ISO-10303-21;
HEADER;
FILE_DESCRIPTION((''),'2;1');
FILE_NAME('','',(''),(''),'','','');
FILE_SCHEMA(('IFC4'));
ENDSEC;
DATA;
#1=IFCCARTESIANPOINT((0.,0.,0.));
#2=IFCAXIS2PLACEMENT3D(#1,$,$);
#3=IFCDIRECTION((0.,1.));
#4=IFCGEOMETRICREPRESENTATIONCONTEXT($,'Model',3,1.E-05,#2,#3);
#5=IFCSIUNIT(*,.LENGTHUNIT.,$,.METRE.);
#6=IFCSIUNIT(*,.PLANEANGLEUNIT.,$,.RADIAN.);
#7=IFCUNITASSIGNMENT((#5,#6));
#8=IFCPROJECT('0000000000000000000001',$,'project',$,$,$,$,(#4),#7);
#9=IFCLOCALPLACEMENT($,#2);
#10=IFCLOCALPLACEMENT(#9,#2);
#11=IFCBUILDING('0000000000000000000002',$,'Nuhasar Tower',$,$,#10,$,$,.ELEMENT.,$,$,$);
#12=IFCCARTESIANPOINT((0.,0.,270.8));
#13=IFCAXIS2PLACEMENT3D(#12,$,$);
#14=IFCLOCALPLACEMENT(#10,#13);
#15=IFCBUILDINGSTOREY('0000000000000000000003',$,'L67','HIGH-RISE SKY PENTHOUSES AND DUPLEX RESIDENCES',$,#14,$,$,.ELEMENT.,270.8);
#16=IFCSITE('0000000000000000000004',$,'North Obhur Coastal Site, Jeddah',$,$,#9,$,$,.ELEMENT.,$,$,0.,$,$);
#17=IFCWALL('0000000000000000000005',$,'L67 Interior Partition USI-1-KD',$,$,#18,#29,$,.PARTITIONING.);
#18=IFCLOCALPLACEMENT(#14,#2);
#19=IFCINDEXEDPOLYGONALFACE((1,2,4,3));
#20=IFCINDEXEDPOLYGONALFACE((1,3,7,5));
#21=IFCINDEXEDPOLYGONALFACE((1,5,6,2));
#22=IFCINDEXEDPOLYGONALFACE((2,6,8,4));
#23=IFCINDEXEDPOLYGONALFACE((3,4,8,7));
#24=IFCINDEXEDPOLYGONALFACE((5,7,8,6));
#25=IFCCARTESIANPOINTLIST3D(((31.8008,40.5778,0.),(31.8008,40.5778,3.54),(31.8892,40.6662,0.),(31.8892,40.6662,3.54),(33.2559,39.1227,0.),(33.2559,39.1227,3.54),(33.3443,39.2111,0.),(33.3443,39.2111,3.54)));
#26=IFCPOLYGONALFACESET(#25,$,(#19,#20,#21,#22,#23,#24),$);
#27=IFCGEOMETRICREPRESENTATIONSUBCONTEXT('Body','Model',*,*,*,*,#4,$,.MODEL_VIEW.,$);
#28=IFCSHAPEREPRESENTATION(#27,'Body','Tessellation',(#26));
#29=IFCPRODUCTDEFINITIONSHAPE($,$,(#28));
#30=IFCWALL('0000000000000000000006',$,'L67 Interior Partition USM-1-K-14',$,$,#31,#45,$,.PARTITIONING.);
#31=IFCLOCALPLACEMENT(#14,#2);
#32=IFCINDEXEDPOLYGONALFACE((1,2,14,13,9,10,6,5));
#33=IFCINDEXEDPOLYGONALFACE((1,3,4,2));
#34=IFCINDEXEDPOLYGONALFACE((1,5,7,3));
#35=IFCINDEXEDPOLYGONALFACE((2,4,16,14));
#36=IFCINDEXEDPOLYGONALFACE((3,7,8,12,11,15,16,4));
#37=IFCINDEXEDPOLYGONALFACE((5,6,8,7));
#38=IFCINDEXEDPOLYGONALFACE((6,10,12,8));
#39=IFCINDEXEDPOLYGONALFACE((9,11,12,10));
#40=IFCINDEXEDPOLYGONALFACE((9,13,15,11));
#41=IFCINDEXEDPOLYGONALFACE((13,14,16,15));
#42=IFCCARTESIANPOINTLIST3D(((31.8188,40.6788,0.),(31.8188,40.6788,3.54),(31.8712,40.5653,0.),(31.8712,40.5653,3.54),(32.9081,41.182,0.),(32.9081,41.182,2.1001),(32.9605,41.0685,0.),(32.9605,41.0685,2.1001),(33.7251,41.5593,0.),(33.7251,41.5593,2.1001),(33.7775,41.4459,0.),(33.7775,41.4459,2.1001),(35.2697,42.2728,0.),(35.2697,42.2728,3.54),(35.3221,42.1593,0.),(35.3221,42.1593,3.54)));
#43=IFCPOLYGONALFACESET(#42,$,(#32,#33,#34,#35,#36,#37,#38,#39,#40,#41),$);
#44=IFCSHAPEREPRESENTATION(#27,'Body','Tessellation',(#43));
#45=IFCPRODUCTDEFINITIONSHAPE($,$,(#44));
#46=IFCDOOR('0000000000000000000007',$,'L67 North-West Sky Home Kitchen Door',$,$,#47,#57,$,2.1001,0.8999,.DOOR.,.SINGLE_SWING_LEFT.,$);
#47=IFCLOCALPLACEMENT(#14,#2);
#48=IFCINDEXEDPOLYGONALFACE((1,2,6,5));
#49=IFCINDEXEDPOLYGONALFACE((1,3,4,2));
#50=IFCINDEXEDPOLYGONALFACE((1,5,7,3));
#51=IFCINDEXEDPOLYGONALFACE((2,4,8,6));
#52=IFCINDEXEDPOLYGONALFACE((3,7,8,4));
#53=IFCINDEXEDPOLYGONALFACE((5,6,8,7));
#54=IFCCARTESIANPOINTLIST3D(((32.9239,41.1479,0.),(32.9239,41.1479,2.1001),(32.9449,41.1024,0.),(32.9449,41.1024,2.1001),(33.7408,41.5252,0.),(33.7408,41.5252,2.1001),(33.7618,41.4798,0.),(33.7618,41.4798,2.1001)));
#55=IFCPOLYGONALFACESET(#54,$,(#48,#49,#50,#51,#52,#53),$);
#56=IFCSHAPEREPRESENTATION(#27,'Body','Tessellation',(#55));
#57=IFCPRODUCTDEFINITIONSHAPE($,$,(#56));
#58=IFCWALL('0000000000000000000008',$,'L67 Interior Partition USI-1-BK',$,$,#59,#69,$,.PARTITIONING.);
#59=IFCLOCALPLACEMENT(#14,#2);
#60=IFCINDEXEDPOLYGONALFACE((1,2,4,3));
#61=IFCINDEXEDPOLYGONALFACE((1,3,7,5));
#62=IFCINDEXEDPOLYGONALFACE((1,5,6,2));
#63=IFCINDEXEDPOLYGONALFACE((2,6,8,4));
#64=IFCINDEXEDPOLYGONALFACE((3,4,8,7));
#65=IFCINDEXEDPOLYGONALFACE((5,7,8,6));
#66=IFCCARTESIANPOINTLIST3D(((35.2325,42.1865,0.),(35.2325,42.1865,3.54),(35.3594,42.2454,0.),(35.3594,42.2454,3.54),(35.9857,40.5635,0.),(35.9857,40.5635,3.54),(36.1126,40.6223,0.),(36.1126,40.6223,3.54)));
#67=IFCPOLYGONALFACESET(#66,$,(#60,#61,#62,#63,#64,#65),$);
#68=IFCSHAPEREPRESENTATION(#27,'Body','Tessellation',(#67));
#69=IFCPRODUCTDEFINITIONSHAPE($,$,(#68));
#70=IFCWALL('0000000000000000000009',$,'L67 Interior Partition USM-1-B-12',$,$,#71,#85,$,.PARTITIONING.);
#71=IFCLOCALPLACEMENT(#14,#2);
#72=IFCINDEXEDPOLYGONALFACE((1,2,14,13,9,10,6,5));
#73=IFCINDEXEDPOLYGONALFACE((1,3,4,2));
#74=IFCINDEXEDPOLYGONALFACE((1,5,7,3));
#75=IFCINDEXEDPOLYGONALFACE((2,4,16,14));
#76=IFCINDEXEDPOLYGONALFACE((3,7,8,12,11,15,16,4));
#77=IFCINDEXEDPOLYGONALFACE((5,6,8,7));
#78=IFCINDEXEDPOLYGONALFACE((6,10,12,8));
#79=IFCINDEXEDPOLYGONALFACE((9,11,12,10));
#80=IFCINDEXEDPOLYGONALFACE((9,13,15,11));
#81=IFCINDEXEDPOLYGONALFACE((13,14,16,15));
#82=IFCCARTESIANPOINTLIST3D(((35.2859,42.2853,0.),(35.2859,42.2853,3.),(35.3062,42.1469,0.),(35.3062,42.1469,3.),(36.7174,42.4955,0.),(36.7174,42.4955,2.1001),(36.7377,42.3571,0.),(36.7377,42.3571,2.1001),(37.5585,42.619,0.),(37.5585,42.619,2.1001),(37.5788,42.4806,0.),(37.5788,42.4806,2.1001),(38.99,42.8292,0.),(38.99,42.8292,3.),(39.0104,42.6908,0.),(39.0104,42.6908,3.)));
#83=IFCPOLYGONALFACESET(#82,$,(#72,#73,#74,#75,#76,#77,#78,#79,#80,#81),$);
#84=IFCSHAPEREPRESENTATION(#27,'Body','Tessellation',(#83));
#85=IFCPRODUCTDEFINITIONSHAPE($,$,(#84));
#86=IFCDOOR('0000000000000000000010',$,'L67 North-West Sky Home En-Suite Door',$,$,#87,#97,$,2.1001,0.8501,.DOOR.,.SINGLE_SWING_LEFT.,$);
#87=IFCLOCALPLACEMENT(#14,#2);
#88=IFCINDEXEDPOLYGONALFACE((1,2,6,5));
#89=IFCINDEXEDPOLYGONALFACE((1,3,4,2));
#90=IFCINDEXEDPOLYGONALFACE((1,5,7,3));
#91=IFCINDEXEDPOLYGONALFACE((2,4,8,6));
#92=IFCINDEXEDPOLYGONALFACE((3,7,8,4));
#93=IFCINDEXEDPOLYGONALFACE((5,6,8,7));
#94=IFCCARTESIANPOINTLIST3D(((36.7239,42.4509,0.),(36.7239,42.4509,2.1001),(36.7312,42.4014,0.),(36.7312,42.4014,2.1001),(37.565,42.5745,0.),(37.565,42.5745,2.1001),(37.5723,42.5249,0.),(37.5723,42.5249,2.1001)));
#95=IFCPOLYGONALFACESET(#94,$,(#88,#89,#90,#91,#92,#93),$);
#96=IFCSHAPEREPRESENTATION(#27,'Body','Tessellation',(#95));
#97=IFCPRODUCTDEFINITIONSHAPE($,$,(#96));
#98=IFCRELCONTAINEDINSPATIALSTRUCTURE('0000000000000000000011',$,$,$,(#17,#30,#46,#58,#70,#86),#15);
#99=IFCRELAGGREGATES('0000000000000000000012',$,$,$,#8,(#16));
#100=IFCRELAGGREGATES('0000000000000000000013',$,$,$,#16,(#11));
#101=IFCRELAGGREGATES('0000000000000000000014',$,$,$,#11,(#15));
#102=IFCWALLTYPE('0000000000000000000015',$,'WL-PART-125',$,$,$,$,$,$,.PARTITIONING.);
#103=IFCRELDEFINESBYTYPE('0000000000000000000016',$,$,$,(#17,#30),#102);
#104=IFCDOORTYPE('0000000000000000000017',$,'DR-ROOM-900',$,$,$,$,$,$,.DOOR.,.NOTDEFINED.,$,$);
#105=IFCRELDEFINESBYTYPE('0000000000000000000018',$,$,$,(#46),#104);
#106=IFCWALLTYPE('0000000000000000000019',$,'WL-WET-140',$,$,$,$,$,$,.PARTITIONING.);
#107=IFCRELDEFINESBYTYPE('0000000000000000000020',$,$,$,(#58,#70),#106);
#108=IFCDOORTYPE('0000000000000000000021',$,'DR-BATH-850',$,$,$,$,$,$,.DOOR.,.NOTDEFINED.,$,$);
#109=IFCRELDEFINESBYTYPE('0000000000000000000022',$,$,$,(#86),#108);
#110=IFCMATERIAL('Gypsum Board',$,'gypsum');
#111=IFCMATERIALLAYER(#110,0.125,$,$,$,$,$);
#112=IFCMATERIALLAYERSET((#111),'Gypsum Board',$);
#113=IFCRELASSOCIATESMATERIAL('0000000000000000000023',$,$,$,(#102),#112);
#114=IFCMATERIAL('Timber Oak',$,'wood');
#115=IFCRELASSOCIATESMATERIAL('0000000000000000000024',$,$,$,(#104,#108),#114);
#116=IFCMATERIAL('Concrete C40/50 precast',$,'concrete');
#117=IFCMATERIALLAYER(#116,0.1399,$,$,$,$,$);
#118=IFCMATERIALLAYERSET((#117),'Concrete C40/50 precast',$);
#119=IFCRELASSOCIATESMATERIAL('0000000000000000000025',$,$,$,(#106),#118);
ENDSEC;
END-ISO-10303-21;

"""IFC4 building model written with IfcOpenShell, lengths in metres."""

from ifc_helpers import new_model, si_unit, direction, frame, frame_2d, origin, place, context, subcontext, project, spatial, rectangle, extrude, material, layer, layer_set, type_object, element, fill, save


model = new_model("IFC4")

# Units and contexts
model_context = context("Model", 3, precision=1e-05, world=origin(), true_north=direction((0.0, 1.0)))
body_context = subcontext(model_context, "Body", "Model", "MODEL_VIEW")
ifc_project = project(units=[si_unit("LENGTHUNIT", "METRE"), si_unit("PLANEANGLEUNIT", "RADIAN")], contexts=[model_context])

# Site, building, storey
site_placement = place(None, origin())
site = spatial("IfcSite", under=ifc_project, at=site_placement, Name="North Obhur Coastal Site, Jeddah", CompositionType="ELEMENT", RefElevation=0.0)
building_placement = place(site_placement, origin())
building = spatial("IfcBuilding", under=site, at=building_placement, Name="Nuhasar Tower", CompositionType="ELEMENT")
storey_placement = place(building_placement, frame((0.0, 0.0, 270.8)))
storey = spatial("IfcBuildingStorey", under=building, at=storey_placement, Name="L67", Description="HIGH-RISE SKY PENTHOUSES AND DUPLEX RESIDENCES", CompositionType="ELEMENT", Elevation=270.8)

# Shared definitions
ifc_material_1 = material(Name="Gypsum Board", Category="gypsum")

# Wall
ifc_layer_1 = layer(ifc_material_1, 0.125)
ifc_layer_set_1 = layer_set([ifc_layer_1], Name="Gypsum Board")
wall_type_1 = type_object("IfcWallType", Name="WL-PART-125", PredefinedType="PARTITIONING", material=ifc_layer_set_1)
wall_1_placement = place(storey_placement, frame((33.3, 39.167, 0.0), z_axis=(0.0, 0.0, 1.0), x_axis=(-0.707107, 0.707107, 0.0)))
element("IfcWall", 1, at=wall_1_placement, inside=storey, type_object=wall_type_1, Name="L67 Interior Partition USI-1-KD", PredefinedType="PARTITIONING", context=body_context, shape_type="SweptSolid", body=[
    extrude(rectangle(XDim=2.0579, YDim=0.125, at=frame_2d((1.0288, 0.0))), origin(), (0.0, 0.0, 1.0), 3.54),
])

# Wall, opening, door
wall_2_placement = place(storey_placement, frame((31.845, 40.6221, 0.0), z_axis=(0.0, 0.0, 1.0), x_axis=(0.907833, 0.419331, 0.0)))
wall_2 = element("IfcWall", 2, at=wall_2_placement, inside=storey, type_object=wall_type_1, Name="L67 Interior Partition USM-1-K-14", PredefinedType="PARTITIONING", context=body_context, shape_type="SweptSolid", body=[
    extrude(rectangle(XDim=3.8013, YDim=0.125, at=frame_2d((1.9006, 0.0))), origin(), (0.0, 0.0, 1.0), 3.54),
])
opening_1_placement = place(wall_2_placement, frame((1.2, 0.0, 0.0)))
opening_1 = element("IfcOpeningElement", 3, at=opening_1_placement, cuts=wall_2, PredefinedType="OPENING", context=body_context, shape_type="SweptSolid", body=[
    extrude(rectangle(XDim=0.8999, YDim=2.1001, at=frame_2d((0.45, 1.05))), frame((0.0, 0.0725, 0.0), z_axis=(0.0, -1.0, 0.0), x_axis=(1.0, 0.0, 0.0)), (0.0, 0.0, 1.0), 0.145),
])
ifc_material_2 = material(Name="Timber Oak", Category="wood")
door_type_1 = type_object("IfcDoorType", Name="DR-ROOM-900", OperationType="NOTDEFINED", PredefinedType="DOOR", material=ifc_material_2)
door_1_placement = place(opening_1_placement, origin())
door_1 = element("IfcDoor", 4, at=door_1_placement, inside=storey, type_object=door_type_1, Name="L67 North-West Sky Home Kitchen Door", OperationType="SINGLE_SWING_LEFT", OverallHeight=2.1001, OverallWidth=0.8999, PredefinedType="DOOR", context=body_context, shape_type="SweptSolid", body=[
    extrude(rectangle(XDim=0.8999, YDim=2.1001, at=frame_2d((0.45, 1.05))), frame((0.0, 0.0249, 0.0), z_axis=(0.0, -1.0, 0.0), x_axis=(1.0, 0.0, 0.0)), (0.0, 0.0, 1.0), 0.05),
])
fill(opening_1, door_1)

# Wall
ifc_material_3 = material(Name="Concrete C40/50 precast", Category="concrete")
ifc_layer_2 = layer(ifc_material_3, 0.1399)
ifc_layer_set_2 = layer_set([ifc_layer_2], Name="Concrete C40/50 precast")
wall_type_2 = type_object("IfcWallType", Name="WL-WET-140", PredefinedType="PARTITIONING", material=ifc_layer_set_2)
wall_3_placement = place(storey_placement, frame((36.0491, 40.593, 0.0), z_axis=(0.0, 0.0, 1.0), x_axis=(-0.420935, 0.907091, 0.0)))
element("IfcWall", 5, at=wall_3_placement, inside=storey, type_object=wall_type_2, Name="L67 Interior Partition USI-1-BK", PredefinedType="PARTITIONING", context=body_context, shape_type="SweptSolid", body=[
    extrude(rectangle(XDim=1.7893, YDim=0.1399, at=frame_2d((0.8945, 0.0))), origin(), (0.0, 0.0, 1.0), 3.54),
])

# Wall, opening, door
wall_4_placement = place(storey_placement, frame((35.2959, 42.2161, 0.0), z_axis=(0.0, 0.0, 1.0), x_axis=(0.989389, 0.145291, 0.0)))
wall_4 = element("IfcWall", 6, at=wall_4_placement, inside=storey, type_object=wall_type_2, Name="L67 Interior Partition USM-1-B-12", PredefinedType="PARTITIONING", context=body_context, shape_type="SweptSolid", body=[
    extrude(rectangle(XDim=3.7439, YDim=0.1399, at=frame_2d((1.8721, 0.0))), origin(), (0.0, 0.0, 1.0), 3.0),
])
opening_2_placement = place(wall_4_placement, frame((1.447, 0.0, 0.0)))
opening_2 = element("IfcOpeningElement", 7, at=opening_2_placement, cuts=wall_4, PredefinedType="OPENING", context=body_context, shape_type="SweptSolid", body=[
    extrude(rectangle(XDim=0.8501, YDim=2.1001, at=frame_2d((0.425, 1.05))), frame((0.0, 0.0801, 0.0), z_axis=(0.0, -1.0, 0.0), x_axis=(1.0, 0.0, 0.0)), (0.0, 0.0, 1.0), 0.1599),
])
door_type_2 = type_object("IfcDoorType", Name="DR-BATH-850", OperationType="NOTDEFINED", PredefinedType="DOOR", material=ifc_material_2)
door_2_placement = place(opening_2_placement, origin())
door_2 = element("IfcDoor", 8, at=door_2_placement, inside=storey, type_object=door_type_2, Name="L67 North-West Sky Home En-Suite Door", OperationType="SINGLE_SWING_LEFT", OverallHeight=2.1001, OverallWidth=0.8501, PredefinedType="DOOR", context=body_context, shape_type="SweptSolid", body=[
    extrude(rectangle(XDim=0.8501, YDim=2.1001, at=frame_2d((0.425, 1.05))), frame((0.0, 0.0249, 0.0), z_axis=(0.0, -1.0, 0.0), x_axis=(1.0, 0.0, 0.0)), (0.0, 0.0, 1.0), 0.05),
])
fill(opening_2, door_2)

save(model, "model.ifc")
